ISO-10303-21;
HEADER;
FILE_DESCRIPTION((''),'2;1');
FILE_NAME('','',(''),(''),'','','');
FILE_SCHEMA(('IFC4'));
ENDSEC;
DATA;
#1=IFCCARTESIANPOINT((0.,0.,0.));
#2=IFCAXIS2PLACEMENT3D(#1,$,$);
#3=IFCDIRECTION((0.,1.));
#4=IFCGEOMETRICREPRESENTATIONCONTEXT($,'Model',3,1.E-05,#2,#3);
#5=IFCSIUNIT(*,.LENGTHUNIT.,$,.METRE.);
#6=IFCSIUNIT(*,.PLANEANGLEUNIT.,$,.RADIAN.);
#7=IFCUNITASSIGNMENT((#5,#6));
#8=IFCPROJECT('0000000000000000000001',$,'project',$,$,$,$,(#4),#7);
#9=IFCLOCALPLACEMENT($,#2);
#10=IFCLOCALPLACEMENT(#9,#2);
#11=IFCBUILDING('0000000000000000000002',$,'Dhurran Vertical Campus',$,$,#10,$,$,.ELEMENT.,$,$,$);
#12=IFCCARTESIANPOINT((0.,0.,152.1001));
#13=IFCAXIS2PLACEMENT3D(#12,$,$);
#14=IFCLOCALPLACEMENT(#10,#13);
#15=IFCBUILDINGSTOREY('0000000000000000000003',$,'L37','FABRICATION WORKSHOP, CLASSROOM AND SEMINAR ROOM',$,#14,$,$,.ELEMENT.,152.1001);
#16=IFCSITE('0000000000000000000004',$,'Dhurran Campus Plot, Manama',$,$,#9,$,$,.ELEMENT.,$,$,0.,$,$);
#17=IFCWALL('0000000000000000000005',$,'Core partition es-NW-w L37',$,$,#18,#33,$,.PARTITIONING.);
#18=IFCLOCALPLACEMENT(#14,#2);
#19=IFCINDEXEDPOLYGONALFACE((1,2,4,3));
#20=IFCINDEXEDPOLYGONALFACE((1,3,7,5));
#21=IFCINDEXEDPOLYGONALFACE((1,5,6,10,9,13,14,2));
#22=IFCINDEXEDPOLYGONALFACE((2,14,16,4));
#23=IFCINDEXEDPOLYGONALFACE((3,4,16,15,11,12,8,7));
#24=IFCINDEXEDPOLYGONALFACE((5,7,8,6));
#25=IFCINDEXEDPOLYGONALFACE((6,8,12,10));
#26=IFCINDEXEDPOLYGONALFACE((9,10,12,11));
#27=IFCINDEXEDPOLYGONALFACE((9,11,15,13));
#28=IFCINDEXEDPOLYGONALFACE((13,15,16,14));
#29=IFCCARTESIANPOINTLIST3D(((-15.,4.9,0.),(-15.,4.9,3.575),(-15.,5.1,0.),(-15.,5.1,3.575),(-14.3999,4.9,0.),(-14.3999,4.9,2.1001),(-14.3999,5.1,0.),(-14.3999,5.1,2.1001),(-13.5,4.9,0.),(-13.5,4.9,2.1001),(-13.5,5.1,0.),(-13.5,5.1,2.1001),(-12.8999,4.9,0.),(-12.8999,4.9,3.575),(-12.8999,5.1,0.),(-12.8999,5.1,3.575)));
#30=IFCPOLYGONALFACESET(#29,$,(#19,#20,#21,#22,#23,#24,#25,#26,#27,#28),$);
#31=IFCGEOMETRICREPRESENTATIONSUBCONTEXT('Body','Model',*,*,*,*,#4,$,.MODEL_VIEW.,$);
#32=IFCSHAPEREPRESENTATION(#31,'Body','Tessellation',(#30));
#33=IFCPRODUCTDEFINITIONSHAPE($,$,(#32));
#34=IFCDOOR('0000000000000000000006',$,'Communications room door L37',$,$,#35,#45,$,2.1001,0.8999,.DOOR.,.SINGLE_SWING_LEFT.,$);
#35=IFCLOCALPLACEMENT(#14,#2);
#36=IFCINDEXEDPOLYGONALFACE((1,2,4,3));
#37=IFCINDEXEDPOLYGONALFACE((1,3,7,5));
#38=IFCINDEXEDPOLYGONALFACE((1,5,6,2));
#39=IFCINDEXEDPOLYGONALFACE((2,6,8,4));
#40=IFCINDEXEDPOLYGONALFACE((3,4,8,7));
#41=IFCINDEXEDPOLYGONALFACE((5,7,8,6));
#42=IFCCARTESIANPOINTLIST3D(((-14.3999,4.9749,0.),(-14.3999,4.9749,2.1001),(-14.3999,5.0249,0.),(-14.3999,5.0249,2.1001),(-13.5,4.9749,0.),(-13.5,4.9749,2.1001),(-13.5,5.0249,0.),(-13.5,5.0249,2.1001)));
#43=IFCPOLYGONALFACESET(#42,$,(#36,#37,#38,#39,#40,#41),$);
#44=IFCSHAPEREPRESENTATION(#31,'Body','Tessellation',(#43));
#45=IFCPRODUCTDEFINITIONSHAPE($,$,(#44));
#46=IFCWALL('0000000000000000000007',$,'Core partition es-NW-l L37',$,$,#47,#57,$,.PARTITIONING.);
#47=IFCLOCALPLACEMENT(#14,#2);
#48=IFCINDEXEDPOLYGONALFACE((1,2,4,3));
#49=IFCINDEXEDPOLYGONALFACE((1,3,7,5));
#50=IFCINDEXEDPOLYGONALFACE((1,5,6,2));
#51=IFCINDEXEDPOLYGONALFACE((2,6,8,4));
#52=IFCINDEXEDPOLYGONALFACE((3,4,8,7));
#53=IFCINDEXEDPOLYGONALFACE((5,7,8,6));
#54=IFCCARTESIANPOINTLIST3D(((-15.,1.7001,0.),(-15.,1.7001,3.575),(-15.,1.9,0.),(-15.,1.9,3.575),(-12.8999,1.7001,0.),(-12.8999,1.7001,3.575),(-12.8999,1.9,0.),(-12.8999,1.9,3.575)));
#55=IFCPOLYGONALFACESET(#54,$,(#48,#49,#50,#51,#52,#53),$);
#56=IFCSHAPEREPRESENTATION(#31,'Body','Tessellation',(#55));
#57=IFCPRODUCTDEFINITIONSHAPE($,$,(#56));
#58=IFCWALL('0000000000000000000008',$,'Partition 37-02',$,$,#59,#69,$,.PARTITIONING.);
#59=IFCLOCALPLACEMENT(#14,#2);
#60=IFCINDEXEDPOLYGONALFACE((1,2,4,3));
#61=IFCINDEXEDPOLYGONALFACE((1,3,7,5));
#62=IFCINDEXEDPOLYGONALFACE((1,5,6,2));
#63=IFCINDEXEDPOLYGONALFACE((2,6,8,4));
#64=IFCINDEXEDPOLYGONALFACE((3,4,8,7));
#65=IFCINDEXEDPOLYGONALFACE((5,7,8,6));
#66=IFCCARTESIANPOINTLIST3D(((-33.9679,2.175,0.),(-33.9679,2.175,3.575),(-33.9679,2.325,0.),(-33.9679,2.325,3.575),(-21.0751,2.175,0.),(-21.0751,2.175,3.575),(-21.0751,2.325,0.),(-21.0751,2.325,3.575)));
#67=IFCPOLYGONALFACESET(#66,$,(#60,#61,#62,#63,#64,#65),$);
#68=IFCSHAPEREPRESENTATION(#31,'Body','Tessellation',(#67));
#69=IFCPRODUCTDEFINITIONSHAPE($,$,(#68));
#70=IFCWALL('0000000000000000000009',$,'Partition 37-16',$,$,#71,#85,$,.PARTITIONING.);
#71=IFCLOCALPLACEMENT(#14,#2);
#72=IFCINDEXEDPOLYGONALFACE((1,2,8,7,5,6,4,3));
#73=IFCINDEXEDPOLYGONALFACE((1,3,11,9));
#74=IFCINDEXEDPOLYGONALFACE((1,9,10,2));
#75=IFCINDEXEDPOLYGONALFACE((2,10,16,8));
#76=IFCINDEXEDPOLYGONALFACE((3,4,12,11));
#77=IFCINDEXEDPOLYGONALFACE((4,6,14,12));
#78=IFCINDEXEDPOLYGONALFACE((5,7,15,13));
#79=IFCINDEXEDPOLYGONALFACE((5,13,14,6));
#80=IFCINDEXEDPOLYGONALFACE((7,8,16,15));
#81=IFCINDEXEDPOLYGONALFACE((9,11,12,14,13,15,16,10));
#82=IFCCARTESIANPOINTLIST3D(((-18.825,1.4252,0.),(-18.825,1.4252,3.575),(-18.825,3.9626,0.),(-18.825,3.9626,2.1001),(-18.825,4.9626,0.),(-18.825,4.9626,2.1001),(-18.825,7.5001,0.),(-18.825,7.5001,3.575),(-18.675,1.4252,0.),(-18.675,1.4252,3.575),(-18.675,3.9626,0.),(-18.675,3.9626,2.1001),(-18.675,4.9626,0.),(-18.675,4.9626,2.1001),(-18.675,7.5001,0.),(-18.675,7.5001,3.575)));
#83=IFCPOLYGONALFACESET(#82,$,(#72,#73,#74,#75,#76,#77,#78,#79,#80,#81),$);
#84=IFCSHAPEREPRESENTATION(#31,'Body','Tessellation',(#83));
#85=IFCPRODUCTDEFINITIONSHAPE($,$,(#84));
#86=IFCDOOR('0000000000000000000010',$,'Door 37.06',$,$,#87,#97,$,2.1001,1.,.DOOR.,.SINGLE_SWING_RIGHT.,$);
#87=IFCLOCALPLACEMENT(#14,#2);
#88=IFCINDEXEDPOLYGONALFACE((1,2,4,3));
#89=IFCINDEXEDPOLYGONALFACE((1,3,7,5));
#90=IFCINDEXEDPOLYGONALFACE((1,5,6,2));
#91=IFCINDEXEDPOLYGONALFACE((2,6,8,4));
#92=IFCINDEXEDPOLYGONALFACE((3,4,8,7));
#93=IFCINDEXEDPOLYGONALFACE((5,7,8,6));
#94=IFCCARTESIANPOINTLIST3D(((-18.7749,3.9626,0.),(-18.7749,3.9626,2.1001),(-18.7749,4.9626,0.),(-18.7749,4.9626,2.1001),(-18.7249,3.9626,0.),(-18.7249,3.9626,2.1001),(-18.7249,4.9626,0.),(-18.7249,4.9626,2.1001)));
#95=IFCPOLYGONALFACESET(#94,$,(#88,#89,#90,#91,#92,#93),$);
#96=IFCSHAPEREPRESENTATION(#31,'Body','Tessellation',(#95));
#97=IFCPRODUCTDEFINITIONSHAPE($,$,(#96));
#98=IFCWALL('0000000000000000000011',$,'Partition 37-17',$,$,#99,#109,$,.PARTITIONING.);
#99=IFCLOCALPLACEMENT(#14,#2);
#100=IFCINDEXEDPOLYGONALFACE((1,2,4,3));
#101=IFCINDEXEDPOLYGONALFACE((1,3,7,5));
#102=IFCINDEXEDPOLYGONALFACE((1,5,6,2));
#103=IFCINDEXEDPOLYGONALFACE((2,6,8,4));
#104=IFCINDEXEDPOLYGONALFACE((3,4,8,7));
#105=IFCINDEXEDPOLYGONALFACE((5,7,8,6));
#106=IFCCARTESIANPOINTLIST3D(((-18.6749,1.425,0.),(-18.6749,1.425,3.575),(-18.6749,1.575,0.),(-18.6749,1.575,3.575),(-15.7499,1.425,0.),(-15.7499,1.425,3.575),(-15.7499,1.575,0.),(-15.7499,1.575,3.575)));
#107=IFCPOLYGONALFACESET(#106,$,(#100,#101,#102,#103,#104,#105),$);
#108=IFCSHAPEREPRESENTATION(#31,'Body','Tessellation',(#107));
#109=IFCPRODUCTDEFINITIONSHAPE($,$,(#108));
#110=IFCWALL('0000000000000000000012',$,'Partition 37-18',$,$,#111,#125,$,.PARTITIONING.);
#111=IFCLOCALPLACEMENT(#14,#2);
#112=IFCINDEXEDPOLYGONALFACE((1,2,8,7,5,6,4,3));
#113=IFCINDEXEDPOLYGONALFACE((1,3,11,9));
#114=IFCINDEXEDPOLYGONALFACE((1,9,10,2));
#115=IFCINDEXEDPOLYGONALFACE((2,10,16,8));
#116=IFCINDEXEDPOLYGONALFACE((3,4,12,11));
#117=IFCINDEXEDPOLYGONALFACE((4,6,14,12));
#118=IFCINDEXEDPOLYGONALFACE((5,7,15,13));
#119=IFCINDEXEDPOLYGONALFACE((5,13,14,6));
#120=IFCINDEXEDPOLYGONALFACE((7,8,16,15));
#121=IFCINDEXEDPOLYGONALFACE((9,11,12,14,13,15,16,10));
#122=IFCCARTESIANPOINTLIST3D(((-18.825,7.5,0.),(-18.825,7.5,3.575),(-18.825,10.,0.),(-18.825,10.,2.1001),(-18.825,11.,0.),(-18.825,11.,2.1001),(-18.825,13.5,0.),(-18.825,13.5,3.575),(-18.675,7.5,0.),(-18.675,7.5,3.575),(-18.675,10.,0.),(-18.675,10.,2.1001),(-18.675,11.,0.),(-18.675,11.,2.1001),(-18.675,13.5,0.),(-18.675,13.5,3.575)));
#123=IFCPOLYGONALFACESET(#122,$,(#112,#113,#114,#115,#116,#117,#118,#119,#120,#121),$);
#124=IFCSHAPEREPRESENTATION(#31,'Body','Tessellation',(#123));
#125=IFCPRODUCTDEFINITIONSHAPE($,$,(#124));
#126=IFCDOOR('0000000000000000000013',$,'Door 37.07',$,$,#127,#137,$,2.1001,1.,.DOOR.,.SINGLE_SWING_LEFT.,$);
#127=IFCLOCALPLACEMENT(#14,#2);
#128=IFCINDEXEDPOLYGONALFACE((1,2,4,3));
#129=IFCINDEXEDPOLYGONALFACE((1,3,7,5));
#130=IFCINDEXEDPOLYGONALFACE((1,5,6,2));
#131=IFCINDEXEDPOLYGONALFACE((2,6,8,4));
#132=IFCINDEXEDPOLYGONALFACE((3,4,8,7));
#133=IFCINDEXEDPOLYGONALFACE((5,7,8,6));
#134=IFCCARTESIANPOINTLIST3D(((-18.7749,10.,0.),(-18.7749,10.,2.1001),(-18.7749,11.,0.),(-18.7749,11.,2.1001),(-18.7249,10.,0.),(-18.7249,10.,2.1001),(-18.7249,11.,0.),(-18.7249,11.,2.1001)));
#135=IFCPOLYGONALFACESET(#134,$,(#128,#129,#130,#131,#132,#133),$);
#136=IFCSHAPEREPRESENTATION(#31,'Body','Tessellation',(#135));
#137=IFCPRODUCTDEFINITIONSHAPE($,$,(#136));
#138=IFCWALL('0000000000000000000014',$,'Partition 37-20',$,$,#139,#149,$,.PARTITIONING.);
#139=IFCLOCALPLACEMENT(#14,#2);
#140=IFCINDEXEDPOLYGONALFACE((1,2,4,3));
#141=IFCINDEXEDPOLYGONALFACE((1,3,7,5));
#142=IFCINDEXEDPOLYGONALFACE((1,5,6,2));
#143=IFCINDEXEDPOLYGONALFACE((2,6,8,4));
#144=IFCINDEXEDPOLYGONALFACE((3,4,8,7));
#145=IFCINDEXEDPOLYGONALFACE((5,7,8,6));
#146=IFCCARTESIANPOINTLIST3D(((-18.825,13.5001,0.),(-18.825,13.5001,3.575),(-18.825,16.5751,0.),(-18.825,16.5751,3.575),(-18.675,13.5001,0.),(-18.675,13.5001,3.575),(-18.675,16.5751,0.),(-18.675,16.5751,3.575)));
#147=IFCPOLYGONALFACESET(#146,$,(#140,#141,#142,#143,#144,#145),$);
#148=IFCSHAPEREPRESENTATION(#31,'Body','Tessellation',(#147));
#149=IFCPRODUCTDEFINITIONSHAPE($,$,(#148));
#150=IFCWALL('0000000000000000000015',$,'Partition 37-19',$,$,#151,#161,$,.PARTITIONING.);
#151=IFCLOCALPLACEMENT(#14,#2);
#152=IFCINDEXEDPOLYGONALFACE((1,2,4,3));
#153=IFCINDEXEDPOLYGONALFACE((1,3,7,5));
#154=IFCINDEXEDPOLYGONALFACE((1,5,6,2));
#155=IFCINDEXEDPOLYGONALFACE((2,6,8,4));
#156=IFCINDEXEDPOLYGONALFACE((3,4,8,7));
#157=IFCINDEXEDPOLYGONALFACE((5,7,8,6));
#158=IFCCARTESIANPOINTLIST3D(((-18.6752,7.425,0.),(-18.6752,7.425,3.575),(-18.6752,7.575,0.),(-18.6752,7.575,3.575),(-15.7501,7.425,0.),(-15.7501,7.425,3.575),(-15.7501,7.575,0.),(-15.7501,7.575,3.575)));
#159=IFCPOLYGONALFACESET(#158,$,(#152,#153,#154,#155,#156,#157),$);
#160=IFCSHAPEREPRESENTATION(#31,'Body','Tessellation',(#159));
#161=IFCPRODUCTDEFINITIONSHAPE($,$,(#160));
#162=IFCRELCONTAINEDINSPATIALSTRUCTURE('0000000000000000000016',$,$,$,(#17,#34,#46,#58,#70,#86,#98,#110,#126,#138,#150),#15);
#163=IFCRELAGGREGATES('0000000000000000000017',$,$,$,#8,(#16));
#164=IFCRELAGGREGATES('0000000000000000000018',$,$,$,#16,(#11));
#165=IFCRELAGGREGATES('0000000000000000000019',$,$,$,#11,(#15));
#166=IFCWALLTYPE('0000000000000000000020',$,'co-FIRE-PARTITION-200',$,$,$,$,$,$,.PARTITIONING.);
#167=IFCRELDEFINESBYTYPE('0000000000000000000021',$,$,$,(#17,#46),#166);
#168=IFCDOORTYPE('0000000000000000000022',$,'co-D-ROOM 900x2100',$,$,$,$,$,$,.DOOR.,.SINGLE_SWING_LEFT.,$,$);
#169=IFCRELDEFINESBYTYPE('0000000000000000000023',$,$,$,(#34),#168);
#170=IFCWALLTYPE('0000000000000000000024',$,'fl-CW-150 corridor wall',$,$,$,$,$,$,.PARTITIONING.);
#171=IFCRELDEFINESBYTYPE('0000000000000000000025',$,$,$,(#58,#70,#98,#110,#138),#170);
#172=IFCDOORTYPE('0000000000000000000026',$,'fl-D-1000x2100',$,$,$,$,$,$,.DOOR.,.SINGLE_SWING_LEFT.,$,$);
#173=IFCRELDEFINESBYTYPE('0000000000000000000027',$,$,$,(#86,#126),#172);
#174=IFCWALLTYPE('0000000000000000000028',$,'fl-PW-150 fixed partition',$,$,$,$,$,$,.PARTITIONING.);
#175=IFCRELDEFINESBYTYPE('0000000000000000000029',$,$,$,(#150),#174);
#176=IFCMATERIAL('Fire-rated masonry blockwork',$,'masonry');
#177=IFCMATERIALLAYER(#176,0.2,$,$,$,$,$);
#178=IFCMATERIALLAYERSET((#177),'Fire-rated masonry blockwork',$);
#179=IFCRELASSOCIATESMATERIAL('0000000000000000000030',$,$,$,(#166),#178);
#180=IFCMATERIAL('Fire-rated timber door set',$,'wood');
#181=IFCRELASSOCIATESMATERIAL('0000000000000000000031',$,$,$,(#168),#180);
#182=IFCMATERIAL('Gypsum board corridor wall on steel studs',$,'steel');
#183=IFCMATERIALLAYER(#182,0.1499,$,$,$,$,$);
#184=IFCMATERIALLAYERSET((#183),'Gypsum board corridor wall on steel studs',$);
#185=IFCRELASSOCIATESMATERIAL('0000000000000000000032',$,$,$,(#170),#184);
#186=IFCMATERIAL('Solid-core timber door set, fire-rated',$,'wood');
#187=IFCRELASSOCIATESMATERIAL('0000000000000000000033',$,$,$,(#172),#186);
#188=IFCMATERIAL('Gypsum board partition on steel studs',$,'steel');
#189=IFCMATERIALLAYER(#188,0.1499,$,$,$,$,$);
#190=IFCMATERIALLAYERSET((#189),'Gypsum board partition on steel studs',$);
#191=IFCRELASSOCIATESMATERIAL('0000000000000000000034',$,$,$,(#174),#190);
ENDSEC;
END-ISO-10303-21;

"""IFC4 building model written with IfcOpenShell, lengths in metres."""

from ifc_helpers import new_model, si_unit, direction, frame, frame_2d, origin, place, context, subcontext, project, spatial, rectangle, extrude, material, layer, layer_set, type_object, element, fill, save


model = new_model("IFC4")

# Units and contexts
model_context = context("Model", 3, precision=1e-05, world=origin(), true_north=direction((0.0, 1.0)))
body_context = subcontext(model_context, "Body", "Model", "MODEL_VIEW")
ifc_project = project(units=[si_unit("LENGTHUNIT", "METRE"), si_unit("PLANEANGLEUNIT", "RADIAN")], contexts=[model_context])

# Site, building, storey
site_placement = place(None, origin())
site = spatial("IfcSite", under=ifc_project, at=site_placement, Name="Dhurran Campus Plot, Manama", CompositionType="ELEMENT", RefElevation=0.0)
building_placement = place(site_placement, origin())
building = spatial("IfcBuilding", under=site, at=building_placement, Name="Dhurran Vertical Campus", CompositionType="ELEMENT")
storey_placement = place(building_placement, frame((0.0, 0.0, 152.1001)))
storey = spatial("IfcBuildingStorey", under=building, at=storey_placement, Name="L37", Description="FABRICATION WORKSHOP, CLASSROOM AND SEMINAR ROOM", CompositionType="ELEMENT", Elevation=152.1001)

# Wall, opening, door
ifc_material_1 = material(Name="Fire-rated masonry blockwork", Category="masonry")
ifc_layer_1 = layer(ifc_material_1, 0.2)
ifc_layer_set_1 = layer_set([ifc_layer_1], Name="Fire-rated masonry blockwork")
wall_type_1 = type_object("IfcWallType", Name="co-FIRE-PARTITION-200", PredefinedType="PARTITIONING", material=ifc_layer_set_1)
ifc_material_2 = material(Name="Fire-rated timber door set", Category="wood")
door_type_1 = type_object("IfcDoorType", Name="co-D-ROOM 900x2100", OperationType="SINGLE_SWING_LEFT", PredefinedType="DOOR", material=ifc_material_2)
wall_1_placement = place(storey_placement, frame((-15.0, 5.0, 0.0), z_axis=(0.0, 0.0, 1.0), x_axis=(1.0, 0.0, 0.0)))
wall_1 = element("IfcWall", 1, at=wall_1_placement, inside=storey, type_object=wall_type_1, Name="Core partition es-NW-w L37", PredefinedType="PARTITIONING", context=body_context, shape_type="SweptSolid", body=[
    extrude(rectangle(XDim=2.1001, YDim=0.2, at=frame_2d((1.05, 0.0))), origin(), (0.0, 0.0, 1.0), 3.575),
])
opening_1_placement = place(wall_1_placement, frame((0.6001, 0.0, 0.0)))
opening_1 = element("IfcOpeningElement", 2, at=opening_1_placement, cuts=wall_1, PredefinedType="OPENING", context=body_context, shape_type="SweptSolid", body=[
    extrude(rectangle(XDim=0.8999, YDim=2.1001, at=frame_2d((0.45, 1.05))), frame((0.0, 0.1099, 0.0), z_axis=(0.0, -1.0, 0.0), x_axis=(1.0, 0.0, 0.0)), (0.0, 0.0, 1.0), 0.22),
])
door_1_placement = place(opening_1_placement, origin())
door_1 = element("IfcDoor", 3, at=door_1_placement, inside=storey, type_object=door_type_1, Name="Communications room door L37", OperationType="SINGLE_SWING_LEFT", OverallHeight=2.1001, OverallWidth=0.8999, PredefinedType="DOOR", context=body_context, shape_type="SweptSolid", body=[
    extrude(rectangle(XDim=0.8999, YDim=2.1001, at=frame_2d((0.45, 1.05))), frame((0.0, 0.0249, 0.0), z_axis=(0.0, -1.0, 0.0), x_axis=(1.0, 0.0, 0.0)), (0.0, 0.0, 1.0), 0.05),
])
fill(opening_1, door_1)

# Walls
wall_2_placement = place(storey_placement, frame((-15.0, 1.8, 0.0), z_axis=(0.0, 0.0, 1.0), x_axis=(1.0, 0.0, 0.0)))
element("IfcWall", 4, at=wall_2_placement, inside=storey, type_object=wall_type_1, Name="Core partition es-NW-l L37", PredefinedType="PARTITIONING", context=body_context, shape_type="SweptSolid", body=[
    extrude(rectangle(XDim=2.1001, YDim=0.2, at=frame_2d((1.05, 0.0))), origin(), (0.0, 0.0, 1.0), 3.575),
])
ifc_material_3 = material(Name="Gypsum board corridor wall on steel studs", Category="steel")
ifc_layer_2 = layer(ifc_material_3, 0.1499)
ifc_layer_set_2 = layer_set([ifc_layer_2], Name="Gypsum board corridor wall on steel studs")
wall_type_2 = type_object("IfcWallType", Name="fl-CW-150 corridor wall", PredefinedType="PARTITIONING", material=ifc_layer_set_2)
wall_3_placement = place(storey_placement, frame((-33.9678, 2.25, 0.0), z_axis=(0.0, 0.0, 1.0), x_axis=(1.0, 0.0, 0.0)))
element("IfcWall", 5, at=wall_3_placement, inside=storey, type_object=wall_type_2, Name="Partition 37-02", PredefinedType="PARTITIONING", context=body_context, shape_type="SweptSolid", body=[
    extrude(rectangle(XDim=12.8928, YDim=0.1499, at=frame_2d((6.4463, 0.0))), origin(), (0.0, 0.0, 1.0), 3.575),
])

# Wall, opening, door
wall_4_placement = place(storey_placement, frame((-18.75, 1.425, 0.0), z_axis=(0.0, 0.0, 1.0), x_axis=(0.0, 1.0, 0.0)))
wall_4 = element("IfcWall", 6, at=wall_4_placement, inside=storey, type_object=wall_type_2, Name="Partition 37-16", PredefinedType="PARTITIONING", context=body_context, shape_type="SweptSolid", body=[
    extrude(rectangle(XDim=6.075, YDim=0.1499, at=frame_2d((3.0376, 0.0))), origin(), (0.0, 0.0, 1.0), 3.575),
])
opening_2_placement = place(wall_4_placement, frame((2.5376, 0.0, 0.0)))
opening_2 = element("IfcOpeningElement", 7, at=opening_2_placement, cuts=wall_4, PredefinedType="OPENING", context=body_context, shape_type="SweptSolid", body=[
    extrude(rectangle(XDim=1.0, YDim=2.1001, at=frame_2d((0.5, 1.05))), frame((0.0, 0.085, 0.0), z_axis=(0.0, -1.0, 0.0), x_axis=(1.0, 0.0, 0.0)), (0.0, 0.0, 1.0), 0.1699),
])
ifc_material_4 = material(Name="Solid-core timber door set, fire-rated", Category="wood")
door_type_2 = type_object("IfcDoorType", Name="fl-D-1000x2100", OperationType="SINGLE_SWING_LEFT", PredefinedType="DOOR", material=ifc_material_4)
door_2_placement = place(opening_2_placement, origin())
door_2 = element("IfcDoor", 8, at=door_2_placement, inside=storey, type_object=door_type_2, Name="Door 37.06", OperationType="SINGLE_SWING_RIGHT", OverallHeight=2.1001, OverallWidth=1.0, PredefinedType="DOOR", context=body_context, shape_type="SweptSolid", body=[
    extrude(rectangle(XDim=1.0, YDim=2.1001, at=frame_2d((0.5, 1.05))), frame((0.0, 0.0249, 0.0), z_axis=(0.0, -1.0, 0.0), x_axis=(1.0, 0.0, 0.0)), (0.0, 0.0, 1.0), 0.05),
])
fill(opening_2, door_2)

# Wall
wall_5_placement = place(storey_placement, frame((-15.75, 1.5, 0.0), z_axis=(0.0, 0.0, 1.0), x_axis=(-1.0, 0.0, 0.0)))
element("IfcWall", 9, at=wall_5_placement, inside=storey, type_object=wall_type_2, Name="Partition 37-17", PredefinedType="PARTITIONING", context=body_context, shape_type="SweptSolid", body=[
    extrude(rectangle(XDim=2.925, YDim=0.1499, at=frame_2d((1.4624, 0.0))), origin(), (0.0, 0.0, 1.0), 3.575),
])

# Wall, opening, door
wall_6_placement = place(storey_placement, frame((-18.75, 7.5, 0.0), z_axis=(0.0, 0.0, 1.0), x_axis=(0.0, 1.0, 0.0)))
wall_6 = element("IfcWall", 10, at=wall_6_placement, inside=storey, type_object=wall_type_2, Name="Partition 37-18", PredefinedType="PARTITIONING", context=body_context, shape_type="SweptSolid", body=[
    extrude(rectangle(XDim=6.0, YDim=0.1499, at=frame_2d((3.0, 0.0))), origin(), (0.0, 0.0, 1.0), 3.575),
])
opening_3_placement = place(wall_6_placement, frame((2.5, 0.0, 0.0)))
opening_3 = element("IfcOpeningElement", 11, at=opening_3_placement, cuts=wall_6, PredefinedType="OPENING", context=body_context, shape_type="SweptSolid", body=[
    extrude(rectangle(XDim=1.0, YDim=2.1001, at=frame_2d((0.5, 1.05))), frame((0.0, 0.085, 0.0), z_axis=(0.0, -1.0, 0.0), x_axis=(1.0, 0.0, 0.0)), (0.0, 0.0, 1.0), 0.1699),
])
door_3_placement = place(opening_3_placement, origin())
door_3 = element("IfcDoor", 12, at=door_3_placement, inside=storey, type_object=door_type_2, Name="Door 37.07", OperationType="SINGLE_SWING_LEFT", OverallHeight=2.1001, OverallWidth=1.0, PredefinedType="DOOR", context=body_context, shape_type="SweptSolid", body=[
    extrude(rectangle(XDim=1.0, YDim=2.1001, at=frame_2d((0.5, 1.05))), frame((0.0, 0.0249, 0.0), z_axis=(0.0, -1.0, 0.0), x_axis=(1.0, 0.0, 0.0)), (0.0, 0.0, 1.0), 0.05),
])
fill(opening_3, door_3)

# Walls
wall_7_placement = place(storey_placement, frame((-18.75, 13.5, 0.0), z_axis=(0.0, 0.0, 1.0), x_axis=(0.0, 1.0, 0.0)))
element("IfcWall", 13, at=wall_7_placement, inside=storey, type_object=wall_type_2, Name="Partition 37-20", PredefinedType="PARTITIONING", context=body_context, shape_type="SweptSolid", body=[
    extrude(rectangle(XDim=3.075, YDim=0.1499, at=frame_2d((1.5376, 0.0))), origin(), (0.0, 0.0, 1.0), 3.575),
])
ifc_material_5 = material(Name="Gypsum board partition on steel studs", Category="steel")
ifc_layer_3 = layer(ifc_material_5, 0.1499)
ifc_layer_set_3 = layer_set([ifc_layer_3], Name="Gypsum board partition on steel studs")
wall_type_3 = type_object("IfcWallType", Name="fl-PW-150 fixed partition", PredefinedType="PARTITIONING", material=ifc_layer_set_3)
wall_8_placement = place(storey_placement, frame((-18.675, 7.5, 0.0), z_axis=(0.0, 0.0, 1.0), x_axis=(1.0, 0.0, 0.0)))
element("IfcWall", 14, at=wall_8_placement, inside=storey, type_object=wall_type_3, Name="Partition 37-19", PredefinedType="PARTITIONING", context=body_context, shape_type="SweptSolid", body=[
    extrude(rectangle(XDim=2.925, YDim=0.1499, at=frame_2d((1.4624, 0.0))), origin(), (0.0, 0.0, 1.0), 3.575),
])

save(model, "model.ifc")
